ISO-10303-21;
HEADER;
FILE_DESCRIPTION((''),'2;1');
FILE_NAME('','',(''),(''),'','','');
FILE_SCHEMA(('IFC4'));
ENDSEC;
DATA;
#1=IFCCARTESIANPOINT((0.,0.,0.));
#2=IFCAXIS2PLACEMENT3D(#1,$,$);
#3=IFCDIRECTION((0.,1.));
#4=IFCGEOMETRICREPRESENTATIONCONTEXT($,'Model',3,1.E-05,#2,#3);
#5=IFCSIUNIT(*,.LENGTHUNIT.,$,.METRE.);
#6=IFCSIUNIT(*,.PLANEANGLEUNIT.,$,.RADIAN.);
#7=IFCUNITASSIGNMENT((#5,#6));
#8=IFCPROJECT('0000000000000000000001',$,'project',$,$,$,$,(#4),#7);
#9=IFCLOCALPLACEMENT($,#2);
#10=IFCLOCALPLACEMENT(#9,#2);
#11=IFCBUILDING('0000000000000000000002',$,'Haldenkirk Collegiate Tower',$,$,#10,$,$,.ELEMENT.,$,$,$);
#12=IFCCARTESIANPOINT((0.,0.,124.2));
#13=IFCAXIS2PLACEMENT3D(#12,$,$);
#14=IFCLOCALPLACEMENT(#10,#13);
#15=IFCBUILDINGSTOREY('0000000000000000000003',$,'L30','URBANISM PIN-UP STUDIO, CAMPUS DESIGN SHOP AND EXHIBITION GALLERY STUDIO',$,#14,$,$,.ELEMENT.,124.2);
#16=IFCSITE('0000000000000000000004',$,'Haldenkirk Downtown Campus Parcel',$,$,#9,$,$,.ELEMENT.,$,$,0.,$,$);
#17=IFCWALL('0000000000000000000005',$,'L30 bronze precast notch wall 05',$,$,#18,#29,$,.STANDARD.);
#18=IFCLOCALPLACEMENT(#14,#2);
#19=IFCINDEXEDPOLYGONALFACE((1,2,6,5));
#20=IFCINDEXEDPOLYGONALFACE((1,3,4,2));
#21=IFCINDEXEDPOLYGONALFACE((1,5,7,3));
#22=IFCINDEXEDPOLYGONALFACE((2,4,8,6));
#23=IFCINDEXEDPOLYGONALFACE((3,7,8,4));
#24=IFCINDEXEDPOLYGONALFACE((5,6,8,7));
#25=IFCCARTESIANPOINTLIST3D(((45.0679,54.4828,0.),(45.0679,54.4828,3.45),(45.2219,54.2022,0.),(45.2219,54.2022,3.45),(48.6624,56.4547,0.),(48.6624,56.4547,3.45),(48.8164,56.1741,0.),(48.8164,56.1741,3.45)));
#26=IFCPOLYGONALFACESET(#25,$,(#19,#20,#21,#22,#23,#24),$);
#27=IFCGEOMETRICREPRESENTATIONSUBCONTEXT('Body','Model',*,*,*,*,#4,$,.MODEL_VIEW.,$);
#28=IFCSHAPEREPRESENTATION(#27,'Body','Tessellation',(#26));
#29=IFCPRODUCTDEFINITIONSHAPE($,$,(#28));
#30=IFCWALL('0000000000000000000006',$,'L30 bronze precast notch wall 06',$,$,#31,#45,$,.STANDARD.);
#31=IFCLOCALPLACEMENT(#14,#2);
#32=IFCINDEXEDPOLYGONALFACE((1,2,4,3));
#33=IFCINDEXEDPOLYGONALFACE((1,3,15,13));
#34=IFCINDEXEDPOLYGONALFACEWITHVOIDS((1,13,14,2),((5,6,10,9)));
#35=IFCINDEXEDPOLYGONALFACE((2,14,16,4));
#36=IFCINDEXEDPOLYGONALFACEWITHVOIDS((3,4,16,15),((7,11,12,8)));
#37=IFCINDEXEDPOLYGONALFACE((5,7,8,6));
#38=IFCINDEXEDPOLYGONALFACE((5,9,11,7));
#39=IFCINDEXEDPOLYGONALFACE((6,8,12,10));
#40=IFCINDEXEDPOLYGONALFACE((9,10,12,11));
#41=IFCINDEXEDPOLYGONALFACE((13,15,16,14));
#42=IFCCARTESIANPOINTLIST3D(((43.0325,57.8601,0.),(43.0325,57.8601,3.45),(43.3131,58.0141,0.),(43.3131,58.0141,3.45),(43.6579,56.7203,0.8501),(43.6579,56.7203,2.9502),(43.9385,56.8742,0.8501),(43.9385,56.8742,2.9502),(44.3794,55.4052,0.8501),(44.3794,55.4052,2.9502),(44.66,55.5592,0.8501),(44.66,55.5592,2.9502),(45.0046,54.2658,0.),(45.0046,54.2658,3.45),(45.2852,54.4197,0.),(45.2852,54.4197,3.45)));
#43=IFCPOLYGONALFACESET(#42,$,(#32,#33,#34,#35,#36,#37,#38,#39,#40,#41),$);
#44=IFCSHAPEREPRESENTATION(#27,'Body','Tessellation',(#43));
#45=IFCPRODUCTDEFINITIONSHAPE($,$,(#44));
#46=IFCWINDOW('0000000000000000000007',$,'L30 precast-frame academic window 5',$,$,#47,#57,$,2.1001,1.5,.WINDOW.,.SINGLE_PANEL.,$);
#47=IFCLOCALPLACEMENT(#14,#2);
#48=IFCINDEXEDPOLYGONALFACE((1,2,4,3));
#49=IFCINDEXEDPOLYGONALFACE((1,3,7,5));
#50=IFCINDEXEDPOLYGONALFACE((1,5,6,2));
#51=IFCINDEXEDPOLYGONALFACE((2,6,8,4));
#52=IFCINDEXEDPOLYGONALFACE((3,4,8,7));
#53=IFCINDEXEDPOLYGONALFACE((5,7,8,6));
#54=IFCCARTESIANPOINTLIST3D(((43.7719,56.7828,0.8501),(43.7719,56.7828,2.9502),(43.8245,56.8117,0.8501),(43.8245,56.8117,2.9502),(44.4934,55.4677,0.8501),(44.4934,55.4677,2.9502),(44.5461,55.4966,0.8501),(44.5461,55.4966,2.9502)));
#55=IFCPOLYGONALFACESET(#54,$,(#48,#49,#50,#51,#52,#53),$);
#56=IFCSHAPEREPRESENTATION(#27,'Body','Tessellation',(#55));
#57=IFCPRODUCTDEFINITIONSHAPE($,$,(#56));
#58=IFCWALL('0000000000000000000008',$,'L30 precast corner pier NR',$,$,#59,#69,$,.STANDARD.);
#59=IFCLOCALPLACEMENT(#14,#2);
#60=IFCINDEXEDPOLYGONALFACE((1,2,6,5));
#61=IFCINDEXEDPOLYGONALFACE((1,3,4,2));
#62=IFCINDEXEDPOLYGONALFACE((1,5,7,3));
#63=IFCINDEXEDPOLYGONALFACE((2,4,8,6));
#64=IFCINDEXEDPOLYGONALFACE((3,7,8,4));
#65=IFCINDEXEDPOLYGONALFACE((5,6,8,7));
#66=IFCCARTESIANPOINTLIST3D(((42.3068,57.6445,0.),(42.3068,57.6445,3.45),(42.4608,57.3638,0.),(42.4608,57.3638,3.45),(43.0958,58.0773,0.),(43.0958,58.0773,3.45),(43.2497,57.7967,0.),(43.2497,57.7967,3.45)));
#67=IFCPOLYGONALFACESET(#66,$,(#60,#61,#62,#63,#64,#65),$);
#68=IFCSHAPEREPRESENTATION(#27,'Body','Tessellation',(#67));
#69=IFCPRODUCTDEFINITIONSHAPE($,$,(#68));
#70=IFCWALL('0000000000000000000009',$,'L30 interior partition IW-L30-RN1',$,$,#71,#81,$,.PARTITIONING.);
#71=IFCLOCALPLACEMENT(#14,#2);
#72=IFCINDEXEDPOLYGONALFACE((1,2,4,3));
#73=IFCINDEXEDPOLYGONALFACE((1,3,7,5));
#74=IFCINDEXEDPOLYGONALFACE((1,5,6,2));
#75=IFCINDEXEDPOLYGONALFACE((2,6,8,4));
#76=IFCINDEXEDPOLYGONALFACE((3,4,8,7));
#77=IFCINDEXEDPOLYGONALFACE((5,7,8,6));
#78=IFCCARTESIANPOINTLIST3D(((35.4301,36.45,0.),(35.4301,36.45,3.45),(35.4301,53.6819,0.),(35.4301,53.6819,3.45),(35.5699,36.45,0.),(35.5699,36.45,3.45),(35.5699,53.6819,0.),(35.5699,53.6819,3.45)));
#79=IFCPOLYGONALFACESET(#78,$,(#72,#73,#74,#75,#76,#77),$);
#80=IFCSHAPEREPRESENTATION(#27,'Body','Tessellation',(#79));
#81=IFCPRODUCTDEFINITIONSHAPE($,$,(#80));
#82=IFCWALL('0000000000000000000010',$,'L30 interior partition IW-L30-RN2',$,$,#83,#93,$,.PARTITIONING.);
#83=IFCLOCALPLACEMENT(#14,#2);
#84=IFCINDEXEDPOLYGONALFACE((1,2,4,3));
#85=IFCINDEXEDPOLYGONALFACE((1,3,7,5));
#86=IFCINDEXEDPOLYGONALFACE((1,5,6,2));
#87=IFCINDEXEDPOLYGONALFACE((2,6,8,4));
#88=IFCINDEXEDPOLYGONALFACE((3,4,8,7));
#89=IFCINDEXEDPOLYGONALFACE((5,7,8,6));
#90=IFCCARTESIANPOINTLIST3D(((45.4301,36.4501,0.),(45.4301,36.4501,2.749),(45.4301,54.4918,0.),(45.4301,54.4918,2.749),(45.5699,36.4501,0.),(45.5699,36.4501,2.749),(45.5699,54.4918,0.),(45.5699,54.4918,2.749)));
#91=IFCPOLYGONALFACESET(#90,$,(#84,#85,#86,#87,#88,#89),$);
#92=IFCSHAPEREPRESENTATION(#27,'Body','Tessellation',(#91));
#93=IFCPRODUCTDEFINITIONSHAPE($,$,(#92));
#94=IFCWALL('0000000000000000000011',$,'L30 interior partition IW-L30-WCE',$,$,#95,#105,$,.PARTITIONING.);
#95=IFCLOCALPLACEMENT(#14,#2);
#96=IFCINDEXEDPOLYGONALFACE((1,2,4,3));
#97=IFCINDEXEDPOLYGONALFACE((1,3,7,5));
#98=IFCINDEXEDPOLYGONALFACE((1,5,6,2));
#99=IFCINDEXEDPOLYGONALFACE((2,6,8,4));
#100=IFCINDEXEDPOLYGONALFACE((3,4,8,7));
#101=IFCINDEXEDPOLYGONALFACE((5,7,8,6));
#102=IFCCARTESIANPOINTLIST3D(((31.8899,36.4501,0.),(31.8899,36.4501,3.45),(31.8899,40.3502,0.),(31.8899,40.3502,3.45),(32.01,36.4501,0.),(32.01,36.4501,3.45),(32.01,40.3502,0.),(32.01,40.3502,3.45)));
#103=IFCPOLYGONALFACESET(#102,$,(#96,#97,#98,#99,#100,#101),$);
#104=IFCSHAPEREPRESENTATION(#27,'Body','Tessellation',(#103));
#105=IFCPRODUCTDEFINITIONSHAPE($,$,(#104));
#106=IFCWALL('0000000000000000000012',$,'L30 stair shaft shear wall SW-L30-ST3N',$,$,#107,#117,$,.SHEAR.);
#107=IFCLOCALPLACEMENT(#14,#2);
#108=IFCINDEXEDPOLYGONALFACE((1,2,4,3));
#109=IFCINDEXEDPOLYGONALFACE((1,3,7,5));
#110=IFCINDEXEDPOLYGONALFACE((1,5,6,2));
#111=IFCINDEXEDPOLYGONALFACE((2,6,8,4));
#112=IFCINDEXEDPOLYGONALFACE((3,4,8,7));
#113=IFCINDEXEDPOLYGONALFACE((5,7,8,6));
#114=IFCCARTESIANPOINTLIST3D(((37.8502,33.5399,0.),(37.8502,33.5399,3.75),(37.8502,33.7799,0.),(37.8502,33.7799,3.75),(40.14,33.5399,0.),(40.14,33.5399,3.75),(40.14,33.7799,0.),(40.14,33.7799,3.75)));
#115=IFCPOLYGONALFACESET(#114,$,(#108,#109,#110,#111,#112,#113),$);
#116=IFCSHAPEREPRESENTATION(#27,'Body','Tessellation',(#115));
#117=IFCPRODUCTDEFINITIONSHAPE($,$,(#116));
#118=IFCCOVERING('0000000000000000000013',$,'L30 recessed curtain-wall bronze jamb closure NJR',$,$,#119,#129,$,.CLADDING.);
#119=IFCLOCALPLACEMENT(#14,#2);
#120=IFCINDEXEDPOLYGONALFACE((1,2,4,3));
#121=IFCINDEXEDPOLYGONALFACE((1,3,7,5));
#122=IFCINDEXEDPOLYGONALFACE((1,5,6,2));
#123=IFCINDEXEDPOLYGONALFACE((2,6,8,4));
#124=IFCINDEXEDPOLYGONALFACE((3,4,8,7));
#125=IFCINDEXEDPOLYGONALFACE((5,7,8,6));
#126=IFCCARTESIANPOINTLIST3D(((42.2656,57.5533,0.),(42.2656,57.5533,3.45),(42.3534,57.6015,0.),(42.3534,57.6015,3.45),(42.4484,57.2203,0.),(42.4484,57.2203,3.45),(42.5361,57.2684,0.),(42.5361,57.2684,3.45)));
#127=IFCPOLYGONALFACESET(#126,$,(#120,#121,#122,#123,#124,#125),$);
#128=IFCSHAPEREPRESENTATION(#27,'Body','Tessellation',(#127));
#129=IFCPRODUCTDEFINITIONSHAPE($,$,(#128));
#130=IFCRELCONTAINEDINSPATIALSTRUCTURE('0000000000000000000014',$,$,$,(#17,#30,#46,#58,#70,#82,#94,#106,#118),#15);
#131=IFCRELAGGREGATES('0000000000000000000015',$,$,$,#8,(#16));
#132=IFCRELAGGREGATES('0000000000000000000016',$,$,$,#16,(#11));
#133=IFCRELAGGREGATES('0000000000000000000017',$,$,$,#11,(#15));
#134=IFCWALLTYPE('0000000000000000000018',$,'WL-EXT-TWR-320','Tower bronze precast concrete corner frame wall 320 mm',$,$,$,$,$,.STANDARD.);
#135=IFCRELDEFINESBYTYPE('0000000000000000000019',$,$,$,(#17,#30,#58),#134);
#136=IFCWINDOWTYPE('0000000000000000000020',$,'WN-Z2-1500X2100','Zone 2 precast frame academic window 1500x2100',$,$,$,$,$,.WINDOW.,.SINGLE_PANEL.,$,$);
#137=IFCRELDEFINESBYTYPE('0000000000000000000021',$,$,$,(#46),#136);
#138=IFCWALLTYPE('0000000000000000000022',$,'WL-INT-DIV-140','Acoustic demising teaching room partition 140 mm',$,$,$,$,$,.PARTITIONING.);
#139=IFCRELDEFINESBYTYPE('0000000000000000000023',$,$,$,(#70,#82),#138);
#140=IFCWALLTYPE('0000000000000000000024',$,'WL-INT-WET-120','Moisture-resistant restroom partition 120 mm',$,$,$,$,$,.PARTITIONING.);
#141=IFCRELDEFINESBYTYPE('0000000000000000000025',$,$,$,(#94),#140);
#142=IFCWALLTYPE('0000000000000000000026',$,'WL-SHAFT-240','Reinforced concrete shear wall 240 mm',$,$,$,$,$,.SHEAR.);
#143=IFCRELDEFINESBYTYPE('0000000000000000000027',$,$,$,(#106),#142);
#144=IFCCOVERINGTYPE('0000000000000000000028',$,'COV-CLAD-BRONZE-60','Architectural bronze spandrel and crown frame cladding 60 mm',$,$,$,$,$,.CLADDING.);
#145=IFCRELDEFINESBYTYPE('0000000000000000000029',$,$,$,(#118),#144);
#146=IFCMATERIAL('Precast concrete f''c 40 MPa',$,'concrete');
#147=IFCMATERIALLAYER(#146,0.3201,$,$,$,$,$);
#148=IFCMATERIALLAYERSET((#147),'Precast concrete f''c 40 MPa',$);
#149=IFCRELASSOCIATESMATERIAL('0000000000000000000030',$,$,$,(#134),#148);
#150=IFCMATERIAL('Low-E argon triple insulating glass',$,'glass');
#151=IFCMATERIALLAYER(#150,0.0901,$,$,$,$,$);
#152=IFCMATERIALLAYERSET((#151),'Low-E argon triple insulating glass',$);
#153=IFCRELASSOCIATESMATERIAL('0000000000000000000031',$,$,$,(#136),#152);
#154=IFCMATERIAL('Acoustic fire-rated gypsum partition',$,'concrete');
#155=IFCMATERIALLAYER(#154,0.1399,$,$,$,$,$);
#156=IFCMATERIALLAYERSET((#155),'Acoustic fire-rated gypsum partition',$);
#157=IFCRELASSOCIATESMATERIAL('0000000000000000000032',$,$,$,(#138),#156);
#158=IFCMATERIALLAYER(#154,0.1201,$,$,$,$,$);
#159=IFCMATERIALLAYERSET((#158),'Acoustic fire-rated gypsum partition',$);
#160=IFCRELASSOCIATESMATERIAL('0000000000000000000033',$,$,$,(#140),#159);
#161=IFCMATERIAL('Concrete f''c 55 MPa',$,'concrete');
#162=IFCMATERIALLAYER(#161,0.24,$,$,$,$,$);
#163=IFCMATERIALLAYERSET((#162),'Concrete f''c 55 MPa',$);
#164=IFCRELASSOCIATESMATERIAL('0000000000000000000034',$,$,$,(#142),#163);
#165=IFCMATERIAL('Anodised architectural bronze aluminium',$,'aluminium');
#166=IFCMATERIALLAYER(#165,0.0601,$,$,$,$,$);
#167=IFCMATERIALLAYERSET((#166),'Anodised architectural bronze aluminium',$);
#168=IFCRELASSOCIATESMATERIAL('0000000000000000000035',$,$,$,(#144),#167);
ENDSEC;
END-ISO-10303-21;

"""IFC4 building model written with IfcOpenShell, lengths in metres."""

from ifc_helpers import new_model, si_unit, direction, frame, frame_2d, origin, origin_2d, place, context, subcontext, project, spatial, rectangle, extrude, source, transform, mapped, material, layer, layer_set, type_object, element, fill, save


model = new_model("IFC4")

# Units and contexts
model_context = context("Model", 3, precision=1e-05, world=origin(), true_north=direction((0.0, 1.0)))
body_context = subcontext(model_context, "Body", "Model", "MODEL_VIEW")
ifc_project = project(units=[si_unit("LENGTHUNIT", "METRE"), si_unit("PLANEANGLEUNIT", "RADIAN")], contexts=[model_context])

# Site, building, storey
site_placement = place(None, origin())
site = spatial("IfcSite", under=ifc_project, at=site_placement, Name="Haldenkirk Downtown Campus Parcel", CompositionType="ELEMENT", RefElevation=0.0)
building_placement = place(site_placement, origin())
building = spatial("IfcBuilding", under=site, at=building_placement, Name="Haldenkirk Collegiate Tower", CompositionType="ELEMENT")
storey_placement = place(building_placement, frame((0.0, 0.0, 124.2)))
storey = spatial("IfcBuildingStorey", under=building, at=storey_placement, Name="L30", Description="URBANISM PIN-UP STUDIO, CAMPUS DESIGN SHOP AND EXHIBITION GALLERY STUDIO", CompositionType="ELEMENT", Elevation=124.2)

# Shared definitions
ifc_material_1 = material(Name="Anodised architectural bronze aluminium", Category="aluminium")
ifc_material_2 = material(Name="Low-E argon triple insulating glass", Category="glass")

# Wall
ifc_material_3 = material(Name="Precast concrete f'c 40 MPa", Category="concrete")
ifc_layer_1 = layer(ifc_material_3, 0.3201)
ifc_layer_set_1 = layer_set([ifc_layer_1], Name="Precast concrete f'c 40 MPa")
wall_type_1 = type_object("IfcWallType", Name="WL-EXT-TWR-320", Description="Tower bronze precast concrete corner frame wall 320 mm", PredefinedType="STANDARD", material=ifc_layer_set_1)
wall_1_placement = place(storey_placement, frame((45.145, 54.3425, 0.0), z_axis=(0.0, 0.0, 1.0), x_axis=(0.876735, 0.480974, 0.0)))
element("IfcWall", 1, at=wall_1_placement, inside=storey, type_object=wall_type_1, Name="L30 bronze precast notch wall 05", PredefinedType="STANDARD", context=body_context, shape_type="SweptSolid", body=[
    extrude(rectangle(XDim=4.0999, YDim=0.3201, at=frame_2d((2.0498, 0.0))), origin(), (0.0, 0.0, 1.0), 3.45),
])

# Wall, opening, window
wall_2_placement = place(storey_placement, frame((43.1729, 57.937, 0.0), z_axis=(0.0, 0.0, 1.0), x_axis=(0.48102, -0.87671, 0.0)))
wall_2 = element("IfcWall", 2, at=wall_2_placement, inside=storey, type_object=wall_type_1, Name="L30 bronze precast notch wall 06", PredefinedType="STANDARD", context=body_context, shape_type="SweptSolid", body=[
    extrude(rectangle(XDim=4.0999, YDim=0.3201, at=frame_2d((2.0498, 0.0))), origin(), (0.0, 0.0, 1.0), 3.45),
])
opening_placement = place(wall_2_placement, frame((1.3, 0.0, 0.8501)))
opening = element("IfcOpeningElement", 3, at=opening_placement, cuts=wall_2, PredefinedType="OPENING", context=body_context, shape_type="SweptSolid", body=[
    extrude(rectangle(XDim=1.5, YDim=2.1001, at=frame_2d((0.75, 1.05))), frame((0.0, 0.1699, 0.0), z_axis=(0.0, -1.0, 0.0), x_axis=(1.0, 0.0, 0.0)), (0.0, 0.0, 1.0), 0.3401),
])
ifc_layer_2 = layer(ifc_material_2, 0.0901)
ifc_layer_set_2 = layer_set([ifc_layer_2], Name="Low-E argon triple insulating glass")
window_type = type_object("IfcWindowType", Name="WN-Z2-1500X2100", Description="Zone 2 precast frame academic window 1500x2100", PartitioningType="SINGLE_PANEL", PredefinedType="WINDOW", material=ifc_layer_set_2)
window_placement = place(opening_placement, origin())
window = element("IfcWindow", 4, at=window_placement, inside=storey, type_object=window_type, Name="L30 precast-frame academic window 5", OverallHeight=2.1001, OverallWidth=1.5, PartitioningType="SINGLE_PANEL", PredefinedType="WINDOW", context=body_context, shape_type="SweptSolid", body=[
    extrude(rectangle(XDim=1.5, YDim=2.1001, at=frame_2d((0.75, 1.05))), frame((0.0, 0.03, 0.0), z_axis=(0.0, -1.0, 0.0), x_axis=(1.0, 0.0, 0.0)), (0.0, 0.0, 1.0), 0.0601),
])
fill(opening, window)

# Walls
wall_3_placement = place(storey_placement, frame((42.3838, 57.5042, 0.0), z_axis=(0.0, 0.0, 1.0), x_axis=(0.876742, 0.48096, 0.0)))
element("IfcWall", 5, at=wall_3_placement, inside=storey, type_object=wall_type_1, Name="L30 precast corner pier NR", PredefinedType="STANDARD", context=body_context, shape_type="SweptSolid", body=[
    extrude(rectangle(XDim=0.8999, YDim=0.3201, at=frame_2d((0.45, 0.0))), origin(), (0.0, 0.0, 1.0), 3.45),
])
ifc_material_4 = material(Name="Acoustic fire-rated gypsum partition", Category="concrete")
ifc_layer_3 = layer(ifc_material_4, 0.1399)
ifc_layer_set_3 = layer_set([ifc_layer_3], Name="Acoustic fire-rated gypsum partition")
wall_type_2 = type_object("IfcWallType", Name="WL-INT-DIV-140", Description="Acoustic demising teaching room partition 140 mm", PredefinedType="PARTITIONING", material=ifc_layer_set_3)
wall_4_placement = place(storey_placement, frame((35.5, 36.45, 0.0), z_axis=(0.0, 0.0, 1.0), x_axis=(0.0, 1.0, 0.0)))
element("IfcWall", 6, at=wall_4_placement, inside=storey, type_object=wall_type_2, Name="L30 interior partition IW-L30-RN1", PredefinedType="PARTITIONING", context=body_context, shape_type="SweptSolid", body=[
    extrude(rectangle(XDim=17.2319, YDim=0.1399, at=frame_2d((8.616, 0.0))), origin(), (0.0, 0.0, 1.0), 3.45),
])
wall_5_placement = place(storey_placement, frame((45.5, 36.45, 0.0), z_axis=(0.0, 0.0, 1.0), x_axis=(0.0, 1.0, 0.0)))
element("IfcWall", 7, at=wall_5_placement, inside=storey, type_object=wall_type_2, Name="L30 interior partition IW-L30-RN2", PredefinedType="PARTITIONING", context=body_context, shape_type="SweptSolid", body=[
    extrude(rectangle(XDim=18.0417, YDim=0.1399, at=frame_2d((9.021, 0.0))), origin(), (0.0, 0.0, 1.0), 2.749),
])
ifc_layer_4 = layer(ifc_material_4, 0.1201)
ifc_layer_set_4 = layer_set([ifc_layer_4], Name="Acoustic fire-rated gypsum partition")
wall_type_3 = type_object("IfcWallType", Name="WL-INT-WET-120", Description="Moisture-resistant restroom partition 120 mm", PredefinedType="PARTITIONING", material=ifc_layer_set_4)
wall_6_placement = place(storey_placement, frame((31.95, 36.45, 0.0), z_axis=(0.0, 0.0, 1.0), x_axis=(0.0, 1.0, 0.0)))
element("IfcWall", 8, at=wall_6_placement, inside=storey, type_object=wall_type_3, Name="L30 interior partition IW-L30-WCE", PredefinedType="PARTITIONING", context=body_context, shape_type="SweptSolid", body=[
    extrude(rectangle(XDim=3.9001, YDim=0.1201, at=frame_2d((1.9502, 0.0))), origin(), (0.0, 0.0, 1.0), 3.45),
])
ifc_material_5 = material(Name="Concrete f'c 55 MPa", Category="concrete")
ifc_layer_5 = layer(ifc_material_5, 0.24)
ifc_layer_set_5 = layer_set([ifc_layer_5], Name="Concrete f'c 55 MPa")
wall_type_4 = type_object("IfcWallType", Name="WL-SHAFT-240", Description="Reinforced concrete shear wall 240 mm", PredefinedType="SHEAR", material=ifc_layer_set_5)
wall_7_placement = place(storey_placement, frame((37.8501, 33.6599, 0.0), z_axis=(0.0, 0.0, 1.0), x_axis=(1.0, 0.0, 0.0)))
element("IfcWall", 9, at=wall_7_placement, inside=storey, type_object=wall_type_4, Name="L30 stair shaft shear wall SW-L30-ST3N", PredefinedType="SHEAR", context=body_context, shape_type="SweptSolid", body=[
    extrude(rectangle(XDim=2.2898, YDim=0.24, at=frame_2d((1.145, 0.0))), origin(), (0.0, 0.0, 1.0), 3.75),
])

# Covering
ifc_layer_6 = layer(ifc_material_1, 0.0601)
ifc_layer_set_6 = layer_set([ifc_layer_6], Name="Anodised architectural bronze aluminium")
covering_type = type_object("IfcCoveringType", Name="COV-CLAD-BRONZE-60", Description="Architectural bronze spandrel and crown frame cladding 60 mm", PredefinedType="CLADDING", material=ifc_layer_set_6)
shared_shape_1 = source(origin(), body_context, "Body", "SweptSolid", [
    extrude(rectangle(XDim=0.1001, YDim=0.3799, at=origin_2d()), origin(), (0.0, 0.0, 1.0), 3.45),
])
covering_placement = place(storey_placement, frame((42.4009, 57.4109, 0.0), z_axis=(0.0, 0.0, 1.0), x_axis=(0.876727, 0.480989, 0.0)))
element("IfcCovering", 10, at=covering_placement, inside=storey, type_object=covering_type, Name="L30 recessed curtain-wall bronze jamb closure NJR", PredefinedType="CLADDING", context=body_context, shape_type="MappedRepresentation", body=[
    mapped(shared_shape_1, transform((0.0, 0.0, 0.0), x_axis=(1.0, 0.0, 0.0), y_axis=(0.0, 1.0, 0.0), z_axis=(0.0, 0.0, 1.0), scale=1.0)),
])

save(model, "model.ifc")
